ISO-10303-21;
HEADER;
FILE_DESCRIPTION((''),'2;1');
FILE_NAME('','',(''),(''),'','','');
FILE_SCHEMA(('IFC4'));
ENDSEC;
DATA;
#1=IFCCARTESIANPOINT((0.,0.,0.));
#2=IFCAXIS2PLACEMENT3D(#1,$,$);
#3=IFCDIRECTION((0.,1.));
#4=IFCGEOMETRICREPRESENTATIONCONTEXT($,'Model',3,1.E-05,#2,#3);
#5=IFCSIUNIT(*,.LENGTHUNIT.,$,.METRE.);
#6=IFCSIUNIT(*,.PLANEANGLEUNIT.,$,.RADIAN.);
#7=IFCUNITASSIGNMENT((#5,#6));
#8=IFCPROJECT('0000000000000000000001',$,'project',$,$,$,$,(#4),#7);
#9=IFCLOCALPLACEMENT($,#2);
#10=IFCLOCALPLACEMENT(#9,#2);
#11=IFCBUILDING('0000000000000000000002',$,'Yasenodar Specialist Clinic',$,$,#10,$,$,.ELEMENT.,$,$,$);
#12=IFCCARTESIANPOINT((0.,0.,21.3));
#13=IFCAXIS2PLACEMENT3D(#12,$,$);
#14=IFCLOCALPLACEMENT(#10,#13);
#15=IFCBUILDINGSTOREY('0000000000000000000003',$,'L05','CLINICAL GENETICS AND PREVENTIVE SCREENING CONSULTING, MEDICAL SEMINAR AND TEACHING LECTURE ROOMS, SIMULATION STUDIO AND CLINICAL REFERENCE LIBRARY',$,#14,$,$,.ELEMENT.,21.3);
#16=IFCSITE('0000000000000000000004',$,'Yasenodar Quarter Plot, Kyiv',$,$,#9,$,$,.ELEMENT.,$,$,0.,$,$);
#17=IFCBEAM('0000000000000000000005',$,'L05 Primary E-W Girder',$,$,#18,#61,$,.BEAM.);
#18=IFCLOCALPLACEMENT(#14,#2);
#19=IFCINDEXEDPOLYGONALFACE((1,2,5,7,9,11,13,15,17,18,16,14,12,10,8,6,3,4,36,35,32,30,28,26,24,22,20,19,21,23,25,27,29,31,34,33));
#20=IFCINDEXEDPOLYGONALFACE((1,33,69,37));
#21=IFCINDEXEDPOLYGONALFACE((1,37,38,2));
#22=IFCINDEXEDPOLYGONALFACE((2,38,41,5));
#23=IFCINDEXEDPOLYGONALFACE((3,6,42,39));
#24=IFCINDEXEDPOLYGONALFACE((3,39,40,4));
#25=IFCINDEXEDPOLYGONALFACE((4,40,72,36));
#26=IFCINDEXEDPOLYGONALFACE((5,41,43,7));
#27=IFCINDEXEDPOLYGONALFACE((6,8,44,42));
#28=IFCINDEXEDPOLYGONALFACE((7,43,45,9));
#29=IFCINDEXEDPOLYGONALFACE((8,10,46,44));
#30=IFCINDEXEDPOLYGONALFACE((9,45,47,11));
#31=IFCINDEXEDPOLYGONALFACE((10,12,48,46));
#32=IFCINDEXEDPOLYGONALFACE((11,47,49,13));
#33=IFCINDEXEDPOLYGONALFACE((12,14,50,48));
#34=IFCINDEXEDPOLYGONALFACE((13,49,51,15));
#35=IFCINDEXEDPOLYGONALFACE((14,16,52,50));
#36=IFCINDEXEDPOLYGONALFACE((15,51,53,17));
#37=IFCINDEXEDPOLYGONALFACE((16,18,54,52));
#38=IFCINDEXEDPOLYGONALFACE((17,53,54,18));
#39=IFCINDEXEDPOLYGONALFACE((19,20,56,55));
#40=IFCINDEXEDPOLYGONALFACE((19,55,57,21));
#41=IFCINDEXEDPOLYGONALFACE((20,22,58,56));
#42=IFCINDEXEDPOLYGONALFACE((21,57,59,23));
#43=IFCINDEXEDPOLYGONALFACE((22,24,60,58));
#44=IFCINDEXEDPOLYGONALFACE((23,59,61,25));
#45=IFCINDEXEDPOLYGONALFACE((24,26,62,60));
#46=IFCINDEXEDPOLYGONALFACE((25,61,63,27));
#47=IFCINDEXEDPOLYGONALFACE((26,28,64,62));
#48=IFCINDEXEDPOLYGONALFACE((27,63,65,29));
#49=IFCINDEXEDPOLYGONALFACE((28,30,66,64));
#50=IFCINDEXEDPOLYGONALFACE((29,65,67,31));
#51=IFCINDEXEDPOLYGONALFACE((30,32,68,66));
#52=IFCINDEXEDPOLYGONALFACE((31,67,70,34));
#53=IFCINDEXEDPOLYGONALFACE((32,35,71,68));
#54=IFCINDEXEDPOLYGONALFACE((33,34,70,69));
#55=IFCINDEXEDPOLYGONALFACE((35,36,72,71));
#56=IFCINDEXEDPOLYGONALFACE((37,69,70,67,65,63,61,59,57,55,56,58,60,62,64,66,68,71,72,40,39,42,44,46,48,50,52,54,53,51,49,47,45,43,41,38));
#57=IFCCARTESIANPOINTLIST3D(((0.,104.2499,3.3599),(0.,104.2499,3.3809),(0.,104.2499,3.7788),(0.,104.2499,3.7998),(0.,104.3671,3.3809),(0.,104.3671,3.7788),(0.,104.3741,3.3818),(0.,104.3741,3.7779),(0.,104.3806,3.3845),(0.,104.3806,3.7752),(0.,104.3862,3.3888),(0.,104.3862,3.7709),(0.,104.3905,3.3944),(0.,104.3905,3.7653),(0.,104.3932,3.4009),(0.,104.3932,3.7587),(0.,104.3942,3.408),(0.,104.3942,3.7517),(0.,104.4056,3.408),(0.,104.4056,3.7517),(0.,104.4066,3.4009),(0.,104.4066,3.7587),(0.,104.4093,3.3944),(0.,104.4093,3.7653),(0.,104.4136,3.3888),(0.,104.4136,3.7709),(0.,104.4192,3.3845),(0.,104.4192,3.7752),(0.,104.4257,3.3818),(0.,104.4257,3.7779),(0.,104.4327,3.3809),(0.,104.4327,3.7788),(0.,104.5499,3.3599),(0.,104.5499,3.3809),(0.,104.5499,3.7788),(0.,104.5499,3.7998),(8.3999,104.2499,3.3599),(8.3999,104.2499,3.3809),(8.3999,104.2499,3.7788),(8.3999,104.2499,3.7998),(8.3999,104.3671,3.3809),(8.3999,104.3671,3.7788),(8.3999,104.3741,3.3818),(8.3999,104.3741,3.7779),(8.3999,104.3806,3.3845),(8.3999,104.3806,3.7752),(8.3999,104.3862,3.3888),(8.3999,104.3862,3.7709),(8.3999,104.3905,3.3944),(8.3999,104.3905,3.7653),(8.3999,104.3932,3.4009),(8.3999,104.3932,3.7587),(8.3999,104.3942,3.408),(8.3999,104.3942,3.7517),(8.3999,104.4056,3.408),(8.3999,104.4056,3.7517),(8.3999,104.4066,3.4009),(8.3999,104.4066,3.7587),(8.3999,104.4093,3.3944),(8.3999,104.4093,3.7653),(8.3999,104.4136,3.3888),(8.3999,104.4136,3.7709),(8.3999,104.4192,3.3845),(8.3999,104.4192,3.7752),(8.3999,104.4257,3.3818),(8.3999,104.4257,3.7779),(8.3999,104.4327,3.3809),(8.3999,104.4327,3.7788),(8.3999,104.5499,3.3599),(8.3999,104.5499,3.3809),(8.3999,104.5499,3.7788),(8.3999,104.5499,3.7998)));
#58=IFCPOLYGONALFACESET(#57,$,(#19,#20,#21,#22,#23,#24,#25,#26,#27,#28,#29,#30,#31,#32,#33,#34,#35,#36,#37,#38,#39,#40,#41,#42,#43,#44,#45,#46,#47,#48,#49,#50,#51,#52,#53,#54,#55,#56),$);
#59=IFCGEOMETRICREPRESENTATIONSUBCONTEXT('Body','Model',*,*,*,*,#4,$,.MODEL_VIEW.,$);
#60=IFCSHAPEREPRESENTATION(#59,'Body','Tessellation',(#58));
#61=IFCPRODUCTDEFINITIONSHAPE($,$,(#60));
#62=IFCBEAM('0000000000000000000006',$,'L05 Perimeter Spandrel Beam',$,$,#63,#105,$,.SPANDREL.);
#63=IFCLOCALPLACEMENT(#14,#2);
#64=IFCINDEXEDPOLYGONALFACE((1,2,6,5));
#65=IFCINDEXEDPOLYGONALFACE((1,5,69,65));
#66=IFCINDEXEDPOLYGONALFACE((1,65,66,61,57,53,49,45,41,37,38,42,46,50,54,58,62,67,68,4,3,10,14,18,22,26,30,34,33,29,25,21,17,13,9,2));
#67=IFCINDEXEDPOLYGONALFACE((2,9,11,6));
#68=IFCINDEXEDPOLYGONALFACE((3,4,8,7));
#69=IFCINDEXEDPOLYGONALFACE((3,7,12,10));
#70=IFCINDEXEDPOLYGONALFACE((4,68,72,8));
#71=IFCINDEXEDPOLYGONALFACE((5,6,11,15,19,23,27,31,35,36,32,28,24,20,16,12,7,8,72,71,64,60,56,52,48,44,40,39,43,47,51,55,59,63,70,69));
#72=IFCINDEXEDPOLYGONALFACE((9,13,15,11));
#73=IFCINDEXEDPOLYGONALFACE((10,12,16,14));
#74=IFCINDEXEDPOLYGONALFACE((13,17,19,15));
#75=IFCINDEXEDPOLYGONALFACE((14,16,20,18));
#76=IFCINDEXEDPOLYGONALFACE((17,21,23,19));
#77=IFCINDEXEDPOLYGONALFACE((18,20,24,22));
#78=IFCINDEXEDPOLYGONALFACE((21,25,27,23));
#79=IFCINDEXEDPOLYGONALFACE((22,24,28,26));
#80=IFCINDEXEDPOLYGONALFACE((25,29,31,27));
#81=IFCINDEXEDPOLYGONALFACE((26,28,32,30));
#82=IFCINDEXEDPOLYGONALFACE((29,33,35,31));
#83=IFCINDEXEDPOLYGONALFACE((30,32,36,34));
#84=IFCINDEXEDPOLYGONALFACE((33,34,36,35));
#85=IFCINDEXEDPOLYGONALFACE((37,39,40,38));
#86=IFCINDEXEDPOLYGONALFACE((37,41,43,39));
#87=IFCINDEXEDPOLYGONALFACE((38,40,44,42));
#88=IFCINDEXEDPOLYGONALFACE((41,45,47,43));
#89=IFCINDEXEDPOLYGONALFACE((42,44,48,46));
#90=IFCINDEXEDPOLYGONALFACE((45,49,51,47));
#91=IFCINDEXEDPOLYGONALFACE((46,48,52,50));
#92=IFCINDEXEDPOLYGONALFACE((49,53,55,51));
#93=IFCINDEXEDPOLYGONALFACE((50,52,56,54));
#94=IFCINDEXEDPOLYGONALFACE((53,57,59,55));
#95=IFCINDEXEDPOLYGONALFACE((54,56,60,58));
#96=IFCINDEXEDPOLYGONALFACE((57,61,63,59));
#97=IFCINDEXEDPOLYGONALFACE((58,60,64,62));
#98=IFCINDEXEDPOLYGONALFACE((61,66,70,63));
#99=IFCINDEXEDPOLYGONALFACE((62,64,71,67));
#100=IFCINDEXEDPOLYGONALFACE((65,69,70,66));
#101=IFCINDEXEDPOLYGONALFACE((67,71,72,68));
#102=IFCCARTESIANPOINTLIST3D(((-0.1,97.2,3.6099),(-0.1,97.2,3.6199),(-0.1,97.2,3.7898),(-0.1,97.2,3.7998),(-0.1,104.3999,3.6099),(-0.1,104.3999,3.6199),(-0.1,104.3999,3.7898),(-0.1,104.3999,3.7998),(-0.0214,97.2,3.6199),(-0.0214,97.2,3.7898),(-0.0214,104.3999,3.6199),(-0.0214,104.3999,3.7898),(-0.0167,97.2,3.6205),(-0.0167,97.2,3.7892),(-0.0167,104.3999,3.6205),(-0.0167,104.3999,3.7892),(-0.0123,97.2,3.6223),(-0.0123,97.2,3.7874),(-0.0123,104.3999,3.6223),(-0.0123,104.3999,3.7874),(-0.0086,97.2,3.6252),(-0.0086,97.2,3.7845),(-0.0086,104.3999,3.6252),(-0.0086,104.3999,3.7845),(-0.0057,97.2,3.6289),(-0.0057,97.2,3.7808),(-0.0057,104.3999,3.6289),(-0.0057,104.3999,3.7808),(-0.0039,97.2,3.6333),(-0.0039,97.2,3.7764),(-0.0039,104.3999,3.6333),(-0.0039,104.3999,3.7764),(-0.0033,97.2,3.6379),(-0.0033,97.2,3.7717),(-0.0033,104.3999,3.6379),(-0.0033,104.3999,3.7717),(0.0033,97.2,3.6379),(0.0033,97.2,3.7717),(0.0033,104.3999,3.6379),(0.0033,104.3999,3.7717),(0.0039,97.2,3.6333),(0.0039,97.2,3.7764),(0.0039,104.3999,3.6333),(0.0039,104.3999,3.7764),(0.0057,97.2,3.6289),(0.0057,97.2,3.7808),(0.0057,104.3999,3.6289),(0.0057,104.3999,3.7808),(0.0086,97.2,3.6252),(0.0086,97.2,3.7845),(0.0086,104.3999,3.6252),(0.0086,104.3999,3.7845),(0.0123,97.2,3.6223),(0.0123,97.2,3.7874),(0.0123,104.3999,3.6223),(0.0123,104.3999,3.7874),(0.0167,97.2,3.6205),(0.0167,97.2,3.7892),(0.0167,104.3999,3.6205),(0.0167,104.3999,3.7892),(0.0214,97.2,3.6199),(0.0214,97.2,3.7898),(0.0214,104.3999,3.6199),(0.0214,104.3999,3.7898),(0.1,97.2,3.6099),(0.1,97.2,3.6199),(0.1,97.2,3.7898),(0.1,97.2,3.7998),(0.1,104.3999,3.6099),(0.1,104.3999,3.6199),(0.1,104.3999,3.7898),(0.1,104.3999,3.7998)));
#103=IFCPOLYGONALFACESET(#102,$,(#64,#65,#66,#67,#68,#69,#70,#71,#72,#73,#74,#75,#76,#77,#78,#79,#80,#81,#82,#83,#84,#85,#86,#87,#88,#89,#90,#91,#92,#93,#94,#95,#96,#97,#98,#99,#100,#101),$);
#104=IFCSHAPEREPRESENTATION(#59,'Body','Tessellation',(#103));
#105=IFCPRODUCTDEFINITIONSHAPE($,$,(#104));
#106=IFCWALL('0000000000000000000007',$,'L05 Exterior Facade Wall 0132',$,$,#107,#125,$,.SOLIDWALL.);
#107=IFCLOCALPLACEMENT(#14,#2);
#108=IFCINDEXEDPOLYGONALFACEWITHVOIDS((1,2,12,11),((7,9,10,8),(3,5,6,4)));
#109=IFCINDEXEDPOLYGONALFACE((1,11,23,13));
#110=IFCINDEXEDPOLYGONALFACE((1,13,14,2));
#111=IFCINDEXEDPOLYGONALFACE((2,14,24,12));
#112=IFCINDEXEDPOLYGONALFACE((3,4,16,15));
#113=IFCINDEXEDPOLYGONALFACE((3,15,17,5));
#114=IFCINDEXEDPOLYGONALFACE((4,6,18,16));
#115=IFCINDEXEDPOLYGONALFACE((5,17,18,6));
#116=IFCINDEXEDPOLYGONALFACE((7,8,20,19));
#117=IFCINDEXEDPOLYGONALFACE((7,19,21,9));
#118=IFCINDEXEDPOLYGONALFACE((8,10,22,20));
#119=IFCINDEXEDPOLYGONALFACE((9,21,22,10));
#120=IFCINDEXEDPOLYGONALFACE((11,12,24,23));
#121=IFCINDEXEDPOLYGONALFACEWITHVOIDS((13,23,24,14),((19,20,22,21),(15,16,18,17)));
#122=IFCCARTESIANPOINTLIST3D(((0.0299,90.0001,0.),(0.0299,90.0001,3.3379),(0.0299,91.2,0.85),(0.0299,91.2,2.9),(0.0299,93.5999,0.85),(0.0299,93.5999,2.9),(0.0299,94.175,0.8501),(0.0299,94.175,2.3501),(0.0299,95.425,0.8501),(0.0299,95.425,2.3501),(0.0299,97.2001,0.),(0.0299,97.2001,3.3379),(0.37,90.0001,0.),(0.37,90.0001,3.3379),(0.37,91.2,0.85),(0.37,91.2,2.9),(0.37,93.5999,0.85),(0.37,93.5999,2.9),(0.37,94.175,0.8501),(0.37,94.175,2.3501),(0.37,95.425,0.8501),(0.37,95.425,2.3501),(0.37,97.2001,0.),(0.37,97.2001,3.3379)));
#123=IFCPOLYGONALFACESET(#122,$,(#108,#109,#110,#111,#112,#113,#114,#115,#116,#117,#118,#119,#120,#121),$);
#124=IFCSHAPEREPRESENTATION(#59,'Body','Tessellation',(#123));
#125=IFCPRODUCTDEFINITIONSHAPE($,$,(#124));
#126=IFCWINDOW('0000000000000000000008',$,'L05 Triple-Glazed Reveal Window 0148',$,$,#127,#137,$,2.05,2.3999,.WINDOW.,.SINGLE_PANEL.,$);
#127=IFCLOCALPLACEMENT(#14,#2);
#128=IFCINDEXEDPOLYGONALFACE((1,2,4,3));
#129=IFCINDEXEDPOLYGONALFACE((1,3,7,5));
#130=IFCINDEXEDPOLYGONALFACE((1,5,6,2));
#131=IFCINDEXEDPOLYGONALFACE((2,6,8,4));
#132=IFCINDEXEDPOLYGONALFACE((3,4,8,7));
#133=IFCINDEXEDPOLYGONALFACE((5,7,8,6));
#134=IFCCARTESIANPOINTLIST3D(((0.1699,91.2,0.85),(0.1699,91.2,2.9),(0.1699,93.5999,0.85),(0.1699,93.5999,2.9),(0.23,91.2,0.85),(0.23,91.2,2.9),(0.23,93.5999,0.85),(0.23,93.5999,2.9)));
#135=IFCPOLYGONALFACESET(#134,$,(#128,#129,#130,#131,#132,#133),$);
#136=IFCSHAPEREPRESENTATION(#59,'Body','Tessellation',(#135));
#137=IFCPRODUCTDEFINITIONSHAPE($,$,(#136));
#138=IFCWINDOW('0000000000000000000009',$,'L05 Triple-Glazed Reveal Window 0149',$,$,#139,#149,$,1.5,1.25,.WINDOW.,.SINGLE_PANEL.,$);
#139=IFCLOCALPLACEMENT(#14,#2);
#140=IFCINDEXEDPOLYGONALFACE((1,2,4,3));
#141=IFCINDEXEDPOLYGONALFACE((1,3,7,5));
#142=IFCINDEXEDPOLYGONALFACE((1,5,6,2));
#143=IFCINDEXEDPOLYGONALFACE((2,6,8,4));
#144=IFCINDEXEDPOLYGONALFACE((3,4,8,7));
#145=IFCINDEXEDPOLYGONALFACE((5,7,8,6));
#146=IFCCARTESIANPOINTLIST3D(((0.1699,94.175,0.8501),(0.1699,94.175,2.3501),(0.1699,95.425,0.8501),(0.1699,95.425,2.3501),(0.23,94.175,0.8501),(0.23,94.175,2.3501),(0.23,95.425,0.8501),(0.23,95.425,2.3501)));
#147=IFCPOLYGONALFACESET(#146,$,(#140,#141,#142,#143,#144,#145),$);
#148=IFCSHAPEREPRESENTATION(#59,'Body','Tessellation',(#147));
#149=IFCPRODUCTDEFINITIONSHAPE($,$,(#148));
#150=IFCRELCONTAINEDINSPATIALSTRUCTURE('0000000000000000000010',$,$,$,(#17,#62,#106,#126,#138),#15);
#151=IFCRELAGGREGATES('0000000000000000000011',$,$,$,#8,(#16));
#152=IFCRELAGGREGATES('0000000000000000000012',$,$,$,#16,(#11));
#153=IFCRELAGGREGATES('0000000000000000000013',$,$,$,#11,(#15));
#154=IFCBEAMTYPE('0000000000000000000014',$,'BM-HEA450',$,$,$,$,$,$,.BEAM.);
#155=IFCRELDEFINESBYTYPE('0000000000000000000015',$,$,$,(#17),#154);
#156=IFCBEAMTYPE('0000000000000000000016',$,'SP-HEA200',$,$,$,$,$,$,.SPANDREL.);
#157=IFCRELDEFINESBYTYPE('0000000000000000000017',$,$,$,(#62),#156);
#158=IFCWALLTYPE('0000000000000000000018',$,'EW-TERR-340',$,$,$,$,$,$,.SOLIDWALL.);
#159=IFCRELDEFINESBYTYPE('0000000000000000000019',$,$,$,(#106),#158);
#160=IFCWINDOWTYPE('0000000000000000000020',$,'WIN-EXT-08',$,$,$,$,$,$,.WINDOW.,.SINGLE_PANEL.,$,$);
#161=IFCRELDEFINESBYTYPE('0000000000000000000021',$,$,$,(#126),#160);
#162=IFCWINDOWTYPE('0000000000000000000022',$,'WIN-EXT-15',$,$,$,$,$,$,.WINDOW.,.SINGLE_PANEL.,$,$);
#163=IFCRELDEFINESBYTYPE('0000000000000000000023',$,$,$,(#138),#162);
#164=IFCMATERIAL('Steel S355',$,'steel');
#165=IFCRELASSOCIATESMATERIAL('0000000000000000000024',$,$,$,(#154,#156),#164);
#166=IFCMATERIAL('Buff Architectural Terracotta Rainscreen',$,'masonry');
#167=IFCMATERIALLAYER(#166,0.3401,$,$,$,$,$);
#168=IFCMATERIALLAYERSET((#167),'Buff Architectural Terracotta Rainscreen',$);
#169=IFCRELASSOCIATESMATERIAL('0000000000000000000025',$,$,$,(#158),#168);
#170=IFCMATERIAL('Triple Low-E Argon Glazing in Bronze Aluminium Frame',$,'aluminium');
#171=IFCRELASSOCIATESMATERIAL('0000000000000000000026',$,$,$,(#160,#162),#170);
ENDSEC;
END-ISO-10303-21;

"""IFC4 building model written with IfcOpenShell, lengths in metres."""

from ifc_helpers import new_model, si_unit, direction, frame, frame_2d, origin, origin_2d, place, context, subcontext, project, spatial, rectangle, i_section, extrude, material, layer, layer_set, material_profile, profile_set, type_object, element, fill, save


model = new_model("IFC4")

# Units and contexts
model_context = context("Model", 3, precision=1e-05, world=origin(), true_north=direction((0.0, 1.0)))
body_context = subcontext(model_context, "Body", "Model", "MODEL_VIEW")
ifc_project = project(units=[si_unit("LENGTHUNIT", "METRE"), si_unit("PLANEANGLEUNIT", "RADIAN")], contexts=[model_context])

# Site, building, storey
site_placement = place(None, origin())
site = spatial("IfcSite", under=ifc_project, at=site_placement, Name="Yasenodar Quarter Plot, Kyiv", CompositionType="ELEMENT", RefElevation=0.0)
building_placement = place(site_placement, origin())
building = spatial("IfcBuilding", under=site, at=building_placement, Name="Yasenodar Specialist Clinic", CompositionType="ELEMENT")
storey_placement = place(building_placement, frame((0.0, 0.0, 21.3)))
storey = spatial("IfcBuildingStorey", under=building, at=storey_placement, Name="L05", Description="CLINICAL GENETICS AND PREVENTIVE SCREENING CONSULTING, MEDICAL SEMINAR AND TEACHING LECTURE ROOMS, SIMULATION STUDIO AND CLINICAL REFERENCE LIBRARY", CompositionType="ELEMENT", Elevation=21.3)

# Shared definitions
ifc_material_1 = material(Name="Steel S355", Category="steel")

# Beams
ifc_material_profile_1 = material_profile(ifc_material_1, i_section(OverallWidth=0.3, OverallDepth=0.4399, WebThickness=0.0115, FlangeThickness=0.021, FilletRadius=0.0271, at=origin_2d()), Name="HEA 450")
ifc_profile_set_1 = profile_set([ifc_material_profile_1], Name="Steel S355")
beam_type_1 = type_object("IfcBeamType", Name="BM-HEA450", PredefinedType="BEAM", material=ifc_profile_set_1)
beam_1_placement = place(storey_placement, frame((0.0, 104.3999, 3.5798), z_axis=(1.0, 0.0, 0.0), x_axis=(0.0, 1.0, 0.0)))
element("IfcBeam", 1, at=beam_1_placement, inside=storey, type_object=beam_type_1, Name="L05 Primary E-W Girder", PredefinedType="BEAM", context=body_context, shape_type="SweptSolid", body=[
    extrude(i_section(OverallWidth=0.3, OverallDepth=0.4399, WebThickness=0.0115, FlangeThickness=0.021, FilletRadius=0.0271, at=origin_2d()), origin(), (0.0, 0.0, 1.0), 8.3999),
])
ifc_material_profile_2 = material_profile(ifc_material_1, i_section(OverallWidth=0.2, OverallDepth=0.1899, WebThickness=0.0066, FlangeThickness=0.01, FilletRadius=0.0181, at=origin_2d()), Name="HEA 200")
ifc_profile_set_2 = profile_set([ifc_material_profile_2], Name="Steel S355")
beam_type_2 = type_object("IfcBeamType", Name="SP-HEA200", PredefinedType="SPANDREL", material=ifc_profile_set_2)
beam_2_placement = place(storey_placement, frame((0.0, 97.2, 3.7048), z_axis=(0.0, 1.0, 0.0), x_axis=(-1.0, 0.0, 0.0)))
element("IfcBeam", 2, at=beam_2_placement, inside=storey, type_object=beam_type_2, Name="L05 Perimeter Spandrel Beam", PredefinedType="SPANDREL", context=body_context, shape_type="SweptSolid", body=[
    extrude(i_section(OverallWidth=0.2, OverallDepth=0.1899, WebThickness=0.0066, FlangeThickness=0.01, FilletRadius=0.0181, at=origin_2d()), origin(), (0.0, 0.0, 1.0), 7.2),
])

# Wall, openings, windows
ifc_material_2 = material(Name="Buff Architectural Terracotta Rainscreen", Category="masonry")
ifc_layer_1 = layer(ifc_material_2, 0.3401)
ifc_layer_set_1 = layer_set([ifc_layer_1], Name="Buff Architectural Terracotta Rainscreen")
wall_type_1 = type_object("IfcWallType", Name="EW-TERR-340", PredefinedType="SOLIDWALL", material=ifc_layer_set_1)
wall_1_placement = place(storey_placement, frame((0.2, 90.0, 0.0), z_axis=(0.0, 0.0, 1.0), x_axis=(0.0, 1.0, 0.0)))
wall_1 = element("IfcWall", 3, at=wall_1_placement, inside=storey, type_object=wall_type_1, Name="L05 Exterior Facade Wall 0132", PredefinedType="SOLIDWALL", context=body_context, shape_type="SweptSolid", body=[
    extrude(rectangle(XDim=7.2, YDim=0.3401, at=frame_2d((3.6001, 0.0))), origin(), (0.0, 0.0, 1.0), 3.3379),
])
opening_1_placement = place(wall_1_placement, frame((1.2, 0.0, 0.8501)))
opening_1 = element("IfcOpeningElement", 4, at=opening_1_placement, cuts=wall_1, PredefinedType="OPENING", context=body_context, shape_type="SweptSolid", body=[
    extrude(rectangle(XDim=2.3999, YDim=2.05, at=frame_2d((1.2, 1.0249))), frame((0.0, 0.1802, 0.0), z_axis=(0.0, -1.0, 0.0), x_axis=(1.0, 0.0, 0.0)), (0.0, 0.0, 1.0), 0.3601),
])
opening_2_placement = place(wall_1_placement, frame((4.175, 0.0, 0.8501)))
opening_2 = element("IfcOpeningElement", 5, at=opening_2_placement, cuts=wall_1, PredefinedType="OPENING", context=body_context, shape_type="SweptSolid", body=[
    extrude(rectangle(XDim=1.25, YDim=1.5, at=frame_2d((0.625, 0.75))), frame((0.0, 0.1802, 0.0), z_axis=(0.0, -1.0, 0.0), x_axis=(1.0, 0.0, 0.0)), (0.0, 0.0, 1.0), 0.3601),
])
ifc_material_3 = material(Name="Triple Low-E Argon Glazing in Bronze Aluminium Frame", Category="aluminium")
window_type_1 = type_object("IfcWindowType", Name="WIN-EXT-08", PartitioningType="SINGLE_PANEL", PredefinedType="WINDOW", material=ifc_material_3)
window_1_placement = place(opening_1_placement, origin())
window_1 = element("IfcWindow", 6, at=window_1_placement, inside=storey, type_object=window_type_1, Name="L05 Triple-Glazed Reveal Window 0148", OverallHeight=2.05, OverallWidth=2.3999, PartitioningType="SINGLE_PANEL", PredefinedType="WINDOW", context=body_context, shape_type="SweptSolid", body=[
    extrude(rectangle(XDim=2.3999, YDim=2.05, at=frame_2d((1.2, 1.0249))), frame((0.0, 0.03, 0.0), z_axis=(0.0, -1.0, 0.0), x_axis=(1.0, 0.0, 0.0)), (0.0, 0.0, 1.0), 0.0601),
])
fill(opening_1, window_1)
window_type_2 = type_object("IfcWindowType", Name="WIN-EXT-15", PartitioningType="SINGLE_PANEL", PredefinedType="WINDOW", material=ifc_material_3)
window_2_placement = place(opening_2_placement, origin())
window_2 = element("IfcWindow", 7, at=window_2_placement, inside=storey, type_object=window_type_2, Name="L05 Triple-Glazed Reveal Window 0149", OverallHeight=1.5, OverallWidth=1.25, PartitioningType="SINGLE_PANEL", PredefinedType="WINDOW", context=body_context, shape_type="SweptSolid", body=[
    extrude(rectangle(XDim=1.25, YDim=1.5, at=frame_2d((0.625, 0.75))), frame((0.0, 0.03, 0.0), z_axis=(0.0, -1.0, 0.0), x_axis=(1.0, 0.0, 0.0)), (0.0, 0.0, 1.0), 0.0601),
])
fill(opening_2, window_2)

save(model, "model.ifc")
